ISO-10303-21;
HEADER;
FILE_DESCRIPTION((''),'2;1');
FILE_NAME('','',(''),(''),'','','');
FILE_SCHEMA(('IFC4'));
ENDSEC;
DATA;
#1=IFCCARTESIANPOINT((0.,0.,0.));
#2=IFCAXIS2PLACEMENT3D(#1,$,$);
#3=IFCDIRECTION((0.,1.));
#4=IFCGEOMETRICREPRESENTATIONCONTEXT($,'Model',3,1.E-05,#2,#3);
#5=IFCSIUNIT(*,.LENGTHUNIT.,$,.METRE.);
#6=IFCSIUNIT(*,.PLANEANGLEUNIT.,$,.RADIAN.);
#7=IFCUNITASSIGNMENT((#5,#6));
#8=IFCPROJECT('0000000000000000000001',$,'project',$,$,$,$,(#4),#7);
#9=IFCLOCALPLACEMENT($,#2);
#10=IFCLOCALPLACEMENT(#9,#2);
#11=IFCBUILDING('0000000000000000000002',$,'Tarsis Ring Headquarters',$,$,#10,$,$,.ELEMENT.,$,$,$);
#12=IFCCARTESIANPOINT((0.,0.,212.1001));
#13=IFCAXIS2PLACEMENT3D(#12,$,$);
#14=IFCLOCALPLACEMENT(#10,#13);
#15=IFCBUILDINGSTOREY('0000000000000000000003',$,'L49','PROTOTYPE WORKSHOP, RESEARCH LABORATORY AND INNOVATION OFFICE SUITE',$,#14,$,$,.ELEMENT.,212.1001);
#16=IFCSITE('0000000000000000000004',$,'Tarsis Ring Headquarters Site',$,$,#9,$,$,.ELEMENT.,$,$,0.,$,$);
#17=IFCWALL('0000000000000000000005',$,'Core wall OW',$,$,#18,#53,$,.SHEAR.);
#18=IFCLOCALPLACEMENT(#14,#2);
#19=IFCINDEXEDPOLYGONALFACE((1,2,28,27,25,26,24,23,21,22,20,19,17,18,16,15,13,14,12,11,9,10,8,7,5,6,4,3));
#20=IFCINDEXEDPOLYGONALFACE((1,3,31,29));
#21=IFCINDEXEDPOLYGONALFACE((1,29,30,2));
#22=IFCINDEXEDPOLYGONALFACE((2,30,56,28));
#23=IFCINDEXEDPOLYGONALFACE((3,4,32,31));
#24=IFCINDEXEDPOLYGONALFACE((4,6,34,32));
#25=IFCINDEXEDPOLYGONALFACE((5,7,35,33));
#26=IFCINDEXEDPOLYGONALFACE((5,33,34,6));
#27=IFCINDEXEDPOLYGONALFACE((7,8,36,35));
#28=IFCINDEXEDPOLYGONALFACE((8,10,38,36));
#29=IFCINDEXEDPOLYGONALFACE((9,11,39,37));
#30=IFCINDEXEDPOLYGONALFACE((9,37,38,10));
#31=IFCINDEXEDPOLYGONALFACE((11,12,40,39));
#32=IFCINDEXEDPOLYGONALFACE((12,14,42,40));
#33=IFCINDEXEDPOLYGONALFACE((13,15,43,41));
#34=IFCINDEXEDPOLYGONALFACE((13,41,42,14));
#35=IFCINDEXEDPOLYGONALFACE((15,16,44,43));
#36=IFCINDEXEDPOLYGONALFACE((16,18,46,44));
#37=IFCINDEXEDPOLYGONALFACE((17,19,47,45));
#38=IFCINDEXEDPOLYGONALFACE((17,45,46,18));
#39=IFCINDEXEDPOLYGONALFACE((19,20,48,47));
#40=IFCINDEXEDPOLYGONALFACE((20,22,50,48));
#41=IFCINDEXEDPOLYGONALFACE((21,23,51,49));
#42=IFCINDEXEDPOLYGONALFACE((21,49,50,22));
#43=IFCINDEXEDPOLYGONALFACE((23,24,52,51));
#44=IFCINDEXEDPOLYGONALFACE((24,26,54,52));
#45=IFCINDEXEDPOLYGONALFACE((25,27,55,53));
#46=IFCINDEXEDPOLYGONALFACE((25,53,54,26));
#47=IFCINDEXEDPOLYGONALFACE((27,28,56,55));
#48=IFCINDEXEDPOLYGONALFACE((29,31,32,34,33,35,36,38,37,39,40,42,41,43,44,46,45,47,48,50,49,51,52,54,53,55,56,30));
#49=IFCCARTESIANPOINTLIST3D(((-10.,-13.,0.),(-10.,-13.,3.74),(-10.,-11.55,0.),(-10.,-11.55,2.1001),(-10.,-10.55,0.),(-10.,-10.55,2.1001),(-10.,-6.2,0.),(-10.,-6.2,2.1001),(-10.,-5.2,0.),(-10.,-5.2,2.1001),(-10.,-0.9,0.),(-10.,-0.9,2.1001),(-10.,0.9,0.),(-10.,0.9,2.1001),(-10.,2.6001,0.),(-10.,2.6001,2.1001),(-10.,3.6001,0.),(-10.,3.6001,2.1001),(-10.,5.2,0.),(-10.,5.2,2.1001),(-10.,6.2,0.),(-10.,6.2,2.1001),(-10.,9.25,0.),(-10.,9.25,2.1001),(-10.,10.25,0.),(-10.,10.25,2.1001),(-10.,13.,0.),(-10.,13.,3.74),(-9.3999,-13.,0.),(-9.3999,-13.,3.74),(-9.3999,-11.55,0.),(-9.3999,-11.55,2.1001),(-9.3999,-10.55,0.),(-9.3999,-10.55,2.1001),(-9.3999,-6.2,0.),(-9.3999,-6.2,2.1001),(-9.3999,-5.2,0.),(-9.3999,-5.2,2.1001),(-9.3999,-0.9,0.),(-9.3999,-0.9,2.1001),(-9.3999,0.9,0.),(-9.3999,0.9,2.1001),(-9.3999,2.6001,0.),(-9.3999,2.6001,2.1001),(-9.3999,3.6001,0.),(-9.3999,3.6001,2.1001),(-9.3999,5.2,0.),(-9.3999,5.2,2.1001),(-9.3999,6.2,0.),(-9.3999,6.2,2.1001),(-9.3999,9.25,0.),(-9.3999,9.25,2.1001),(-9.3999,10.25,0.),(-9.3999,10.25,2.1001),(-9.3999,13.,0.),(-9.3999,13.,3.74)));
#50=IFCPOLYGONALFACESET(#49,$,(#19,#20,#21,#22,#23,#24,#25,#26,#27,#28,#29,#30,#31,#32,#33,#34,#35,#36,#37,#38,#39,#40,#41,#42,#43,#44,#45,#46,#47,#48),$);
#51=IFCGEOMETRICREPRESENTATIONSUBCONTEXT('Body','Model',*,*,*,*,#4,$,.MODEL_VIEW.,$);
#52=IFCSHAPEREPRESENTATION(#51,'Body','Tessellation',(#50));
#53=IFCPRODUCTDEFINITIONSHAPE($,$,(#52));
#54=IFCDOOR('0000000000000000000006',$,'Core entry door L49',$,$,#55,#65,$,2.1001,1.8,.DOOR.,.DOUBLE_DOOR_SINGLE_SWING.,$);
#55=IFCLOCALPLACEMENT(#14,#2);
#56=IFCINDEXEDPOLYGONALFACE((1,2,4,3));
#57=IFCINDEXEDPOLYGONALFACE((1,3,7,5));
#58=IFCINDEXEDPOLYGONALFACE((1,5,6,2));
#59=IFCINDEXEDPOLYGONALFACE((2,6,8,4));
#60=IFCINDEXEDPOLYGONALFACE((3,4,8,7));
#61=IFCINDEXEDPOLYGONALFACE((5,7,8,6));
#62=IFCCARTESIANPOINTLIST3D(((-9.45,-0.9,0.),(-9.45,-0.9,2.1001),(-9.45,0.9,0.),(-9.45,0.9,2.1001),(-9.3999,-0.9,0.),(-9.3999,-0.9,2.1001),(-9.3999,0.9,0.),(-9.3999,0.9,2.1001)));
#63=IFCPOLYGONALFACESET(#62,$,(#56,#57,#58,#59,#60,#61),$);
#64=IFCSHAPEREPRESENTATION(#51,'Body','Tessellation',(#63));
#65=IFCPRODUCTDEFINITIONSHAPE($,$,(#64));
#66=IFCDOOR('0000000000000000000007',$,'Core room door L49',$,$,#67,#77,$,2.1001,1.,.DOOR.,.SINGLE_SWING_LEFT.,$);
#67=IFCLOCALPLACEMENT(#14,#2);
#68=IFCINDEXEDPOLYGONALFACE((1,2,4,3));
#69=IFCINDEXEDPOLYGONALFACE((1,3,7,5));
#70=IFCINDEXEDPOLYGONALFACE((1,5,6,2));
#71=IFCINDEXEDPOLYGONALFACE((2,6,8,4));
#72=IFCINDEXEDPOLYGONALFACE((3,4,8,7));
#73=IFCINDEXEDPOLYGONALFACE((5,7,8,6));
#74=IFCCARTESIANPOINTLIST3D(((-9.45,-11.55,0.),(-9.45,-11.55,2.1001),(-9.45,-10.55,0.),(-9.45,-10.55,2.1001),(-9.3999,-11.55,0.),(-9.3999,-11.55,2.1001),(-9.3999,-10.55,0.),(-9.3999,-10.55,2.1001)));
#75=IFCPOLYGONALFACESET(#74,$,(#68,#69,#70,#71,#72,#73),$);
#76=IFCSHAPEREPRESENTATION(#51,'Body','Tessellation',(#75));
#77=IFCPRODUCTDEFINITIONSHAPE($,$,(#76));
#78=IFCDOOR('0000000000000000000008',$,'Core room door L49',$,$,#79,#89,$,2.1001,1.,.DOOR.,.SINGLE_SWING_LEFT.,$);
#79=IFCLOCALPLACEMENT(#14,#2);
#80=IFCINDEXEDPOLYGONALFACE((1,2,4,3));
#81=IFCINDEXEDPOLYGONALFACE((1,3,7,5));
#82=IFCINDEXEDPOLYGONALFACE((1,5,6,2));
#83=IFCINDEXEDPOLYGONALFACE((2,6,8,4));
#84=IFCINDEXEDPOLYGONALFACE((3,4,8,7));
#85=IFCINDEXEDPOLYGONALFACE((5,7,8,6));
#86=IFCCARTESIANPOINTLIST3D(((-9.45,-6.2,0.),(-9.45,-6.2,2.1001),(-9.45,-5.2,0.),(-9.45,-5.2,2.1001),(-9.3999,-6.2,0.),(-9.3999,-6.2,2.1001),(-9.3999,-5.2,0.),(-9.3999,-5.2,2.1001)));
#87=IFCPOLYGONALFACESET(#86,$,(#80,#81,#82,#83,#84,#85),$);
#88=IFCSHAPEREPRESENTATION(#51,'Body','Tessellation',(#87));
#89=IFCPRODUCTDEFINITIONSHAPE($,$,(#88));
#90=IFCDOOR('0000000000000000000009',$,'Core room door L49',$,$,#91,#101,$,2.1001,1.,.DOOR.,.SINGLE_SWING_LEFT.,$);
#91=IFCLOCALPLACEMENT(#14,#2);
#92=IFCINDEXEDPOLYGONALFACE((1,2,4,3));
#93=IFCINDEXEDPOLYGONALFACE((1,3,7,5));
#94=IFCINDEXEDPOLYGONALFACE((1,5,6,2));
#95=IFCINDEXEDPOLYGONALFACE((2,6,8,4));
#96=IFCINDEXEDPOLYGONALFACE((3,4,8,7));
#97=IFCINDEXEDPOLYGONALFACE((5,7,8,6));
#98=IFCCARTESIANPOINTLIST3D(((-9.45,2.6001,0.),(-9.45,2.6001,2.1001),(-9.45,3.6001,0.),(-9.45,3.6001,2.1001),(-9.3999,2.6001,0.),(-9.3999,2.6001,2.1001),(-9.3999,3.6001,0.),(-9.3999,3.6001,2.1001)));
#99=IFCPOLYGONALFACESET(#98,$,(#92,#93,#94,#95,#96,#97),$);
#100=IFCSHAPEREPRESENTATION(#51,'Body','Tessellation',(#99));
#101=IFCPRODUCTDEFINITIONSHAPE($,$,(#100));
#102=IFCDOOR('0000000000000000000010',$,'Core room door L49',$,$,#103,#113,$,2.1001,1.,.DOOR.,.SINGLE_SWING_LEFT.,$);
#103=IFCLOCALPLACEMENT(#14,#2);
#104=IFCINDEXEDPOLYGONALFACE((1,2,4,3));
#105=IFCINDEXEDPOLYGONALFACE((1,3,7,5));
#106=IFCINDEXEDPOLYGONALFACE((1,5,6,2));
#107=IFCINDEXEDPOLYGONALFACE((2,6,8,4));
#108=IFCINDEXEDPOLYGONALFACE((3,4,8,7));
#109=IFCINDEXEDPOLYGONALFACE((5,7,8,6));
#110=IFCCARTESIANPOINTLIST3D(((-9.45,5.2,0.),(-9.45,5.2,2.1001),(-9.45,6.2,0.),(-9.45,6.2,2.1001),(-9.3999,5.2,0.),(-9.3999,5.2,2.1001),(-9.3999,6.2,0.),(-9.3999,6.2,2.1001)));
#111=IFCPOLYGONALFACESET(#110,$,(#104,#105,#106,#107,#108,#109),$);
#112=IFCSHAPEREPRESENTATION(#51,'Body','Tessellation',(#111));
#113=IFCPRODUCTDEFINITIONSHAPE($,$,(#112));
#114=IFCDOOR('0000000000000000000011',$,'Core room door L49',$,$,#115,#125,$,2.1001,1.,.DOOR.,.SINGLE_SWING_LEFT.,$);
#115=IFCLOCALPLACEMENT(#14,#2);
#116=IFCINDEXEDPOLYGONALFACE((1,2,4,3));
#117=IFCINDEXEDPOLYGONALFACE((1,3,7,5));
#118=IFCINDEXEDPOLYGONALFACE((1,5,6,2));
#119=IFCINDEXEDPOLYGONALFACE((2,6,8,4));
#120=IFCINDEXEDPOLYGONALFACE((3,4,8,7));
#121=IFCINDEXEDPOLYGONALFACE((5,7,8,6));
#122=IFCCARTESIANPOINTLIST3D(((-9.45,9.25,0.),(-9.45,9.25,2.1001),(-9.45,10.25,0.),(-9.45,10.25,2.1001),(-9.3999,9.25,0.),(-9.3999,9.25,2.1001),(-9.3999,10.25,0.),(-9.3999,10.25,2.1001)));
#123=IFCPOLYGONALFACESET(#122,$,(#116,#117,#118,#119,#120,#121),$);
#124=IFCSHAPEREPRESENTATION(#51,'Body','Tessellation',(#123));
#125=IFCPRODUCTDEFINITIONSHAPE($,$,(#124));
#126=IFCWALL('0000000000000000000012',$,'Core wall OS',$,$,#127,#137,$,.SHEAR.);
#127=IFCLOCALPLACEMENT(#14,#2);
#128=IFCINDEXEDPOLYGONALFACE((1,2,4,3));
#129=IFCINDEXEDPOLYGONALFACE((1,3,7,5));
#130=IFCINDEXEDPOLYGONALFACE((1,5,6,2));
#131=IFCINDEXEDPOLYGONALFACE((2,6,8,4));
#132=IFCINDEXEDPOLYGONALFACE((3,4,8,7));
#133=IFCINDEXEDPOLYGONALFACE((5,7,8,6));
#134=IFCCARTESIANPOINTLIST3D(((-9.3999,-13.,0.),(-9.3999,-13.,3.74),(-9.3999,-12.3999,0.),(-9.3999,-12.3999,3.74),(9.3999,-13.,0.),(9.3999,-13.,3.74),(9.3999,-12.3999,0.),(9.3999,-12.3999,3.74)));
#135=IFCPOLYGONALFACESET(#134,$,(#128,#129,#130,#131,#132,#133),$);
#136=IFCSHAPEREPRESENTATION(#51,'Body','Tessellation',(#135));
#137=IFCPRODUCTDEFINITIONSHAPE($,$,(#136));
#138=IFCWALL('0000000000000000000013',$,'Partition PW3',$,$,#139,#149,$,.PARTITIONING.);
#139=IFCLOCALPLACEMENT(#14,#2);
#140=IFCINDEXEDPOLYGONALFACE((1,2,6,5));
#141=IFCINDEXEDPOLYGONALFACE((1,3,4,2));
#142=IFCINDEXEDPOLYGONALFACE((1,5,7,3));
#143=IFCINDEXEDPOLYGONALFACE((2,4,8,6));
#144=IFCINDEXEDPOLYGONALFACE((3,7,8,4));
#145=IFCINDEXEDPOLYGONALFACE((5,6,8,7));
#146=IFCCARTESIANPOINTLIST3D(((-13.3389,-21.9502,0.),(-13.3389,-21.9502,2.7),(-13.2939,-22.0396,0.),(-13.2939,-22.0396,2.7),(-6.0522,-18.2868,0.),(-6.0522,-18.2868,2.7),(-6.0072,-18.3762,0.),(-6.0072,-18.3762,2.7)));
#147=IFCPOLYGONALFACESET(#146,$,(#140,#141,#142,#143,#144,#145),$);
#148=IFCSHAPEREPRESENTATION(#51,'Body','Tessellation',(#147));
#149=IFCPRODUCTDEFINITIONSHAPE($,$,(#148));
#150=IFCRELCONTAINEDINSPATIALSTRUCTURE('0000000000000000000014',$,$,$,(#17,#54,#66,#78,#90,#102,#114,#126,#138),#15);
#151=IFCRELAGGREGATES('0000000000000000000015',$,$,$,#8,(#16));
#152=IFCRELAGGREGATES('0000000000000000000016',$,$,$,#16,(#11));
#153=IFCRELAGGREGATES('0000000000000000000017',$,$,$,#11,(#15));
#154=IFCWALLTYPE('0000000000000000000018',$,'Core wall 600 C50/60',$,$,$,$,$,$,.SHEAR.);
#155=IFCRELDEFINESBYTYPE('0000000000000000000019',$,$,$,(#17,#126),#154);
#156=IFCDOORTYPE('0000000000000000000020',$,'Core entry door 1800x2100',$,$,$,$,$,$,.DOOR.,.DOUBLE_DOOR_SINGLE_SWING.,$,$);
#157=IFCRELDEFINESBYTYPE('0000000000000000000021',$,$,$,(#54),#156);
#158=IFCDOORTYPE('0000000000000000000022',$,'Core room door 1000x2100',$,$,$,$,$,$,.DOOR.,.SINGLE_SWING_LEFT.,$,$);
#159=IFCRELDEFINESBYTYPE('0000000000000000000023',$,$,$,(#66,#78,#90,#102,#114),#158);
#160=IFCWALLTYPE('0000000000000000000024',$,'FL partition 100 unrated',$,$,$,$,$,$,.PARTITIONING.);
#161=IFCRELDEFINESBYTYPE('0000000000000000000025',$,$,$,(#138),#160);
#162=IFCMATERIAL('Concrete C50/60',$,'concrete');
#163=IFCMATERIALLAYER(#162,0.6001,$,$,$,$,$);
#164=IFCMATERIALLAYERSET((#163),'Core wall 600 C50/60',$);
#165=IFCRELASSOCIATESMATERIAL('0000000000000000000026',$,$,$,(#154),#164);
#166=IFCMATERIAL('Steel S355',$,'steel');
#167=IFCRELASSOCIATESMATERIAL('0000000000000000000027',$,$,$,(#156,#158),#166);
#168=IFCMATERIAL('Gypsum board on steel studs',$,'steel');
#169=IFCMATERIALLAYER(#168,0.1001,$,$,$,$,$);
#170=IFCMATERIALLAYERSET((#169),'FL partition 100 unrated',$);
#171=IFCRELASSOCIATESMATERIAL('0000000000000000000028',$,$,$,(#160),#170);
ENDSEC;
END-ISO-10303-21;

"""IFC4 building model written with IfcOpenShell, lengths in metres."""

from ifc_helpers import new_model, si_unit, direction, frame, frame_2d, origin, place, context, subcontext, project, spatial, rectangle, extrude, material, layer, layer_set, type_object, element, fill, save


model = new_model("IFC4")

# Units and contexts
model_context = context("Model", 3, precision=1e-05, world=origin(), true_north=direction((0.0, 1.0)))
body_context = subcontext(model_context, "Body", "Model", "MODEL_VIEW")
ifc_project = project(units=[si_unit("LENGTHUNIT", "METRE"), si_unit("PLANEANGLEUNIT", "RADIAN")], contexts=[model_context])

# Site, building, storey
site_placement = place(None, origin())
site = spatial("IfcSite", under=ifc_project, at=site_placement, Name="Tarsis Ring Headquarters Site", CompositionType="ELEMENT", RefElevation=0.0)
building_placement = place(site_placement, origin())
building = spatial("IfcBuilding", under=site, at=building_placement, Name="Tarsis Ring Headquarters", CompositionType="ELEMENT")
storey_placement = place(building_placement, frame((0.0, 0.0, 212.1001)))
storey = spatial("IfcBuildingStorey", under=building, at=storey_placement, Name="L49", Description="PROTOTYPE WORKSHOP, RESEARCH LABORATORY AND INNOVATION OFFICE SUITE", CompositionType="ELEMENT", Elevation=212.1001)

# Wall, openings, doors
ifc_material_1 = material(Name="Concrete C50/60", Category="concrete")
ifc_layer_1 = layer(ifc_material_1, 0.6001)
ifc_layer_set_1 = layer_set([ifc_layer_1], Name="Core wall 600 C50/60")
wall_type_1 = type_object("IfcWallType", Name="Core wall 600 C50/60", PredefinedType="SHEAR", material=ifc_layer_set_1)
wall_1_placement = place(storey_placement, frame((-9.7, -13.0, 0.0), z_axis=(0.0, 0.0, 1.0), x_axis=(0.0, 1.0, 0.0)))
wall_1 = element("IfcWall", 1, at=wall_1_placement, inside=storey, type_object=wall_type_1, Name="Core wall OW", PredefinedType="SHEAR", context=body_context, shape_type="SweptSolid", body=[
    extrude(rectangle(XDim=26.0, YDim=0.6001, at=frame_2d((13.0, 0.0))), origin(), (0.0, 0.0, 1.0), 3.74),
])
opening_1_placement = place(wall_1_placement, frame((1.45, 0.0, 0.0)))
opening_1 = element("IfcOpeningElement", 2, at=opening_1_placement, cuts=wall_1, PredefinedType="OPENING", context=body_context, shape_type="SweptSolid", body=[
    extrude(rectangle(XDim=1.0, YDim=2.1001, at=frame_2d((0.5, 1.05))), frame((0.0, 0.3101, 0.0), z_axis=(0.0, -1.0, 0.0), x_axis=(1.0, 0.0, 0.0)), (0.0, 0.0, 1.0), 0.6201),
])
opening_2_placement = place(wall_1_placement, frame((6.8, 0.0, 0.0)))
opening_2 = element("IfcOpeningElement", 3, at=opening_2_placement, cuts=wall_1, PredefinedType="OPENING", context=body_context, shape_type="SweptSolid", body=[
    extrude(rectangle(XDim=1.0, YDim=2.1001, at=frame_2d((0.5, 1.05))), frame((0.0, 0.3101, 0.0), z_axis=(0.0, -1.0, 0.0), x_axis=(1.0, 0.0, 0.0)), (0.0, 0.0, 1.0), 0.6201),
])
opening_3_placement = place(wall_1_placement, frame((12.1001, 0.0, 0.0)))
opening_3 = element("IfcOpeningElement", 4, at=opening_3_placement, cuts=wall_1, PredefinedType="OPENING", context=body_context, shape_type="SweptSolid", body=[
    extrude(rectangle(XDim=1.8, YDim=2.1001, at=frame_2d((0.8999, 1.05))), frame((0.0, 0.3101, 0.0), z_axis=(0.0, -1.0, 0.0), x_axis=(1.0, 0.0, 0.0)), (0.0, 0.0, 1.0), 0.6201),
])
opening_4_placement = place(wall_1_placement, frame((15.6001, 0.0, 0.0)))
opening_4 = element("IfcOpeningElement", 5, at=opening_4_placement, cuts=wall_1, PredefinedType="OPENING", context=body_context, shape_type="SweptSolid", body=[
    extrude(rectangle(XDim=1.0, YDim=2.1001, at=frame_2d((0.5, 1.05))), frame((0.0, 0.3101, 0.0), z_axis=(0.0, -1.0, 0.0), x_axis=(1.0, 0.0, 0.0)), (0.0, 0.0, 1.0), 0.6201),
])
opening_5_placement = place(wall_1_placement, frame((18.2, 0.0, 0.0)))
opening_5 = element("IfcOpeningElement", 6, at=opening_5_placement, cuts=wall_1, PredefinedType="OPENING", context=body_context, shape_type="SweptSolid", body=[
    extrude(rectangle(XDim=1.0, YDim=2.1001, at=frame_2d((0.5, 1.05))), frame((0.0, 0.3101, 0.0), z_axis=(0.0, -1.0, 0.0), x_axis=(1.0, 0.0, 0.0)), (0.0, 0.0, 1.0), 0.6201),
])
opening_6_placement = place(wall_1_placement, frame((22.25, 0.0, 0.0)))
opening_6 = element("IfcOpeningElement", 7, at=opening_6_placement, cuts=wall_1, PredefinedType="OPENING", context=body_context, shape_type="SweptSolid", body=[
    extrude(rectangle(XDim=1.0, YDim=2.1001, at=frame_2d((0.5, 1.05))), frame((0.0, 0.3101, 0.0), z_axis=(0.0, -1.0, 0.0), x_axis=(1.0, 0.0, 0.0)), (0.0, 0.0, 1.0), 0.6201),
])
ifc_material_2 = material(Name="Steel S355", Category="steel")
door_type_1 = type_object("IfcDoorType", Name="Core entry door 1800x2100", OperationType="DOUBLE_DOOR_SINGLE_SWING", PredefinedType="DOOR", material=ifc_material_2)
door_1_placement = place(opening_3_placement, origin())
door_1 = element("IfcDoor", 8, at=door_1_placement, inside=storey, type_object=door_type_1, Name="Core entry door L49", OperationType="DOUBLE_DOOR_SINGLE_SWING", OverallHeight=2.1001, OverallWidth=1.8, PredefinedType="DOOR", context=body_context, shape_type="SweptSolid", body=[
    extrude(rectangle(XDim=1.8, YDim=2.1001, at=frame_2d((0.8999, 1.05))), frame((0.0, -0.25, 0.0), z_axis=(0.0, -1.0, 0.0), x_axis=(1.0, 0.0, 0.0)), (0.0, 0.0, 1.0), 0.05),
])
fill(opening_3, door_1)
door_type_2 = type_object("IfcDoorType", Name="Core room door 1000x2100", OperationType="SINGLE_SWING_LEFT", PredefinedType="DOOR", material=ifc_material_2)
door_2_placement = place(opening_1_placement, origin())
door_2 = element("IfcDoor", 9, at=door_2_placement, inside=storey, type_object=door_type_2, Name="Core room door L49", OperationType="SINGLE_SWING_LEFT", OverallHeight=2.1001, OverallWidth=1.0, PredefinedType="DOOR", context=body_context, shape_type="SweptSolid", body=[
    extrude(rectangle(XDim=1.0, YDim=2.1001, at=frame_2d((0.5, 1.05))), frame((0.0, -0.25, 0.0), z_axis=(0.0, -1.0, 0.0), x_axis=(1.0, 0.0, 0.0)), (0.0, 0.0, 1.0), 0.05),
])
fill(opening_1, door_2)
door_3_placement = place(opening_2_placement, origin())
door_3 = element("IfcDoor", 10, at=door_3_placement, inside=storey, type_object=door_type_2, Name="Core room door L49", OperationType="SINGLE_SWING_LEFT", OverallHeight=2.1001, OverallWidth=1.0, PredefinedType="DOOR", context=body_context, shape_type="SweptSolid", body=[
    extrude(rectangle(XDim=1.0, YDim=2.1001, at=frame_2d((0.5, 1.05))), frame((0.0, -0.25, 0.0), z_axis=(0.0, -1.0, 0.0), x_axis=(1.0, 0.0, 0.0)), (0.0, 0.0, 1.0), 0.05),
])
fill(opening_2, door_3)
door_4_placement = place(opening_4_placement, origin())
door_4 = element("IfcDoor", 11, at=door_4_placement, inside=storey, type_object=door_type_2, Name="Core room door L49", OperationType="SINGLE_SWING_LEFT", OverallHeight=2.1001, OverallWidth=1.0, PredefinedType="DOOR", context=body_context, shape_type="SweptSolid", body=[
    extrude(rectangle(XDim=1.0, YDim=2.1001, at=frame_2d((0.5, 1.05))), frame((0.0, -0.25, 0.0), z_axis=(0.0, -1.0, 0.0), x_axis=(1.0, 0.0, 0.0)), (0.0, 0.0, 1.0), 0.05),
])
fill(opening_4, door_4)
door_5_placement = place(opening_5_placement, origin())
door_5 = element("IfcDoor", 12, at=door_5_placement, inside=storey, type_object=door_type_2, Name="Core room door L49", OperationType="SINGLE_SWING_LEFT", OverallHeight=2.1001, OverallWidth=1.0, PredefinedType="DOOR", context=body_context, shape_type="SweptSolid", body=[
    extrude(rectangle(XDim=1.0, YDim=2.1001, at=frame_2d((0.5, 1.05))), frame((0.0, -0.25, 0.0), z_axis=(0.0, -1.0, 0.0), x_axis=(1.0, 0.0, 0.0)), (0.0, 0.0, 1.0), 0.05),
])
fill(opening_5, door_5)
door_6_placement = place(opening_6_placement, origin())
door_6 = element("IfcDoor", 13, at=door_6_placement, inside=storey, type_object=door_type_2, Name="Core room door L49", OperationType="SINGLE_SWING_LEFT", OverallHeight=2.1001, OverallWidth=1.0, PredefinedType="DOOR", context=body_context, shape_type="SweptSolid", body=[
    extrude(rectangle(XDim=1.0, YDim=2.1001, at=frame_2d((0.5, 1.05))), frame((0.0, -0.25, 0.0), z_axis=(0.0, -1.0, 0.0), x_axis=(1.0, 0.0, 0.0)), (0.0, 0.0, 1.0), 0.05),
])
fill(opening_6, door_6)

# Walls
wall_2_placement = place(storey_placement, frame((-9.3999, -12.7, 0.0), z_axis=(0.0, 0.0, 1.0), x_axis=(1.0, 0.0, 0.0)))
element("IfcWall", 14, at=wall_2_placement, inside=storey, type_object=wall_type_1, Name="Core wall OS", PredefinedType="SHEAR", context=body_context, shape_type="SweptSolid", body=[
    extrude(rectangle(XDim=18.7998, YDim=0.6001, at=frame_2d((9.3999, 0.0))), origin(), (0.0, 0.0, 1.0), 3.74),
])
ifc_material_3 = material(Name="Gypsum board on steel studs", Category="steel")
ifc_layer_2 = layer(ifc_material_3, 0.1001)
ifc_layer_set_2 = layer_set([ifc_layer_2], Name="FL partition 100 unrated")
wall_type_2 = type_object("IfcWallType", Name="FL partition 100 unrated", PredefinedType="PARTITIONING", material=ifc_layer_set_2)
wall_3_placement = place(storey_placement, frame((-13.3164, -21.9949, 0.0), z_axis=(0.0, 0.0, 1.0), x_axis=(0.893443, 0.449176, 0.0)))
element("IfcWall", 15, at=wall_3_placement, inside=storey, type_object=wall_type_2, Name="Partition PW3", PredefinedType="PARTITIONING", context=body_context, shape_type="SweptSolid", body=[
    extrude(rectangle(XDim=8.1558, YDim=0.1001, at=frame_2d((4.0779, 0.0))), origin(), (0.0, 0.0, 1.0), 2.7),
])

save(model, "model.ifc")
